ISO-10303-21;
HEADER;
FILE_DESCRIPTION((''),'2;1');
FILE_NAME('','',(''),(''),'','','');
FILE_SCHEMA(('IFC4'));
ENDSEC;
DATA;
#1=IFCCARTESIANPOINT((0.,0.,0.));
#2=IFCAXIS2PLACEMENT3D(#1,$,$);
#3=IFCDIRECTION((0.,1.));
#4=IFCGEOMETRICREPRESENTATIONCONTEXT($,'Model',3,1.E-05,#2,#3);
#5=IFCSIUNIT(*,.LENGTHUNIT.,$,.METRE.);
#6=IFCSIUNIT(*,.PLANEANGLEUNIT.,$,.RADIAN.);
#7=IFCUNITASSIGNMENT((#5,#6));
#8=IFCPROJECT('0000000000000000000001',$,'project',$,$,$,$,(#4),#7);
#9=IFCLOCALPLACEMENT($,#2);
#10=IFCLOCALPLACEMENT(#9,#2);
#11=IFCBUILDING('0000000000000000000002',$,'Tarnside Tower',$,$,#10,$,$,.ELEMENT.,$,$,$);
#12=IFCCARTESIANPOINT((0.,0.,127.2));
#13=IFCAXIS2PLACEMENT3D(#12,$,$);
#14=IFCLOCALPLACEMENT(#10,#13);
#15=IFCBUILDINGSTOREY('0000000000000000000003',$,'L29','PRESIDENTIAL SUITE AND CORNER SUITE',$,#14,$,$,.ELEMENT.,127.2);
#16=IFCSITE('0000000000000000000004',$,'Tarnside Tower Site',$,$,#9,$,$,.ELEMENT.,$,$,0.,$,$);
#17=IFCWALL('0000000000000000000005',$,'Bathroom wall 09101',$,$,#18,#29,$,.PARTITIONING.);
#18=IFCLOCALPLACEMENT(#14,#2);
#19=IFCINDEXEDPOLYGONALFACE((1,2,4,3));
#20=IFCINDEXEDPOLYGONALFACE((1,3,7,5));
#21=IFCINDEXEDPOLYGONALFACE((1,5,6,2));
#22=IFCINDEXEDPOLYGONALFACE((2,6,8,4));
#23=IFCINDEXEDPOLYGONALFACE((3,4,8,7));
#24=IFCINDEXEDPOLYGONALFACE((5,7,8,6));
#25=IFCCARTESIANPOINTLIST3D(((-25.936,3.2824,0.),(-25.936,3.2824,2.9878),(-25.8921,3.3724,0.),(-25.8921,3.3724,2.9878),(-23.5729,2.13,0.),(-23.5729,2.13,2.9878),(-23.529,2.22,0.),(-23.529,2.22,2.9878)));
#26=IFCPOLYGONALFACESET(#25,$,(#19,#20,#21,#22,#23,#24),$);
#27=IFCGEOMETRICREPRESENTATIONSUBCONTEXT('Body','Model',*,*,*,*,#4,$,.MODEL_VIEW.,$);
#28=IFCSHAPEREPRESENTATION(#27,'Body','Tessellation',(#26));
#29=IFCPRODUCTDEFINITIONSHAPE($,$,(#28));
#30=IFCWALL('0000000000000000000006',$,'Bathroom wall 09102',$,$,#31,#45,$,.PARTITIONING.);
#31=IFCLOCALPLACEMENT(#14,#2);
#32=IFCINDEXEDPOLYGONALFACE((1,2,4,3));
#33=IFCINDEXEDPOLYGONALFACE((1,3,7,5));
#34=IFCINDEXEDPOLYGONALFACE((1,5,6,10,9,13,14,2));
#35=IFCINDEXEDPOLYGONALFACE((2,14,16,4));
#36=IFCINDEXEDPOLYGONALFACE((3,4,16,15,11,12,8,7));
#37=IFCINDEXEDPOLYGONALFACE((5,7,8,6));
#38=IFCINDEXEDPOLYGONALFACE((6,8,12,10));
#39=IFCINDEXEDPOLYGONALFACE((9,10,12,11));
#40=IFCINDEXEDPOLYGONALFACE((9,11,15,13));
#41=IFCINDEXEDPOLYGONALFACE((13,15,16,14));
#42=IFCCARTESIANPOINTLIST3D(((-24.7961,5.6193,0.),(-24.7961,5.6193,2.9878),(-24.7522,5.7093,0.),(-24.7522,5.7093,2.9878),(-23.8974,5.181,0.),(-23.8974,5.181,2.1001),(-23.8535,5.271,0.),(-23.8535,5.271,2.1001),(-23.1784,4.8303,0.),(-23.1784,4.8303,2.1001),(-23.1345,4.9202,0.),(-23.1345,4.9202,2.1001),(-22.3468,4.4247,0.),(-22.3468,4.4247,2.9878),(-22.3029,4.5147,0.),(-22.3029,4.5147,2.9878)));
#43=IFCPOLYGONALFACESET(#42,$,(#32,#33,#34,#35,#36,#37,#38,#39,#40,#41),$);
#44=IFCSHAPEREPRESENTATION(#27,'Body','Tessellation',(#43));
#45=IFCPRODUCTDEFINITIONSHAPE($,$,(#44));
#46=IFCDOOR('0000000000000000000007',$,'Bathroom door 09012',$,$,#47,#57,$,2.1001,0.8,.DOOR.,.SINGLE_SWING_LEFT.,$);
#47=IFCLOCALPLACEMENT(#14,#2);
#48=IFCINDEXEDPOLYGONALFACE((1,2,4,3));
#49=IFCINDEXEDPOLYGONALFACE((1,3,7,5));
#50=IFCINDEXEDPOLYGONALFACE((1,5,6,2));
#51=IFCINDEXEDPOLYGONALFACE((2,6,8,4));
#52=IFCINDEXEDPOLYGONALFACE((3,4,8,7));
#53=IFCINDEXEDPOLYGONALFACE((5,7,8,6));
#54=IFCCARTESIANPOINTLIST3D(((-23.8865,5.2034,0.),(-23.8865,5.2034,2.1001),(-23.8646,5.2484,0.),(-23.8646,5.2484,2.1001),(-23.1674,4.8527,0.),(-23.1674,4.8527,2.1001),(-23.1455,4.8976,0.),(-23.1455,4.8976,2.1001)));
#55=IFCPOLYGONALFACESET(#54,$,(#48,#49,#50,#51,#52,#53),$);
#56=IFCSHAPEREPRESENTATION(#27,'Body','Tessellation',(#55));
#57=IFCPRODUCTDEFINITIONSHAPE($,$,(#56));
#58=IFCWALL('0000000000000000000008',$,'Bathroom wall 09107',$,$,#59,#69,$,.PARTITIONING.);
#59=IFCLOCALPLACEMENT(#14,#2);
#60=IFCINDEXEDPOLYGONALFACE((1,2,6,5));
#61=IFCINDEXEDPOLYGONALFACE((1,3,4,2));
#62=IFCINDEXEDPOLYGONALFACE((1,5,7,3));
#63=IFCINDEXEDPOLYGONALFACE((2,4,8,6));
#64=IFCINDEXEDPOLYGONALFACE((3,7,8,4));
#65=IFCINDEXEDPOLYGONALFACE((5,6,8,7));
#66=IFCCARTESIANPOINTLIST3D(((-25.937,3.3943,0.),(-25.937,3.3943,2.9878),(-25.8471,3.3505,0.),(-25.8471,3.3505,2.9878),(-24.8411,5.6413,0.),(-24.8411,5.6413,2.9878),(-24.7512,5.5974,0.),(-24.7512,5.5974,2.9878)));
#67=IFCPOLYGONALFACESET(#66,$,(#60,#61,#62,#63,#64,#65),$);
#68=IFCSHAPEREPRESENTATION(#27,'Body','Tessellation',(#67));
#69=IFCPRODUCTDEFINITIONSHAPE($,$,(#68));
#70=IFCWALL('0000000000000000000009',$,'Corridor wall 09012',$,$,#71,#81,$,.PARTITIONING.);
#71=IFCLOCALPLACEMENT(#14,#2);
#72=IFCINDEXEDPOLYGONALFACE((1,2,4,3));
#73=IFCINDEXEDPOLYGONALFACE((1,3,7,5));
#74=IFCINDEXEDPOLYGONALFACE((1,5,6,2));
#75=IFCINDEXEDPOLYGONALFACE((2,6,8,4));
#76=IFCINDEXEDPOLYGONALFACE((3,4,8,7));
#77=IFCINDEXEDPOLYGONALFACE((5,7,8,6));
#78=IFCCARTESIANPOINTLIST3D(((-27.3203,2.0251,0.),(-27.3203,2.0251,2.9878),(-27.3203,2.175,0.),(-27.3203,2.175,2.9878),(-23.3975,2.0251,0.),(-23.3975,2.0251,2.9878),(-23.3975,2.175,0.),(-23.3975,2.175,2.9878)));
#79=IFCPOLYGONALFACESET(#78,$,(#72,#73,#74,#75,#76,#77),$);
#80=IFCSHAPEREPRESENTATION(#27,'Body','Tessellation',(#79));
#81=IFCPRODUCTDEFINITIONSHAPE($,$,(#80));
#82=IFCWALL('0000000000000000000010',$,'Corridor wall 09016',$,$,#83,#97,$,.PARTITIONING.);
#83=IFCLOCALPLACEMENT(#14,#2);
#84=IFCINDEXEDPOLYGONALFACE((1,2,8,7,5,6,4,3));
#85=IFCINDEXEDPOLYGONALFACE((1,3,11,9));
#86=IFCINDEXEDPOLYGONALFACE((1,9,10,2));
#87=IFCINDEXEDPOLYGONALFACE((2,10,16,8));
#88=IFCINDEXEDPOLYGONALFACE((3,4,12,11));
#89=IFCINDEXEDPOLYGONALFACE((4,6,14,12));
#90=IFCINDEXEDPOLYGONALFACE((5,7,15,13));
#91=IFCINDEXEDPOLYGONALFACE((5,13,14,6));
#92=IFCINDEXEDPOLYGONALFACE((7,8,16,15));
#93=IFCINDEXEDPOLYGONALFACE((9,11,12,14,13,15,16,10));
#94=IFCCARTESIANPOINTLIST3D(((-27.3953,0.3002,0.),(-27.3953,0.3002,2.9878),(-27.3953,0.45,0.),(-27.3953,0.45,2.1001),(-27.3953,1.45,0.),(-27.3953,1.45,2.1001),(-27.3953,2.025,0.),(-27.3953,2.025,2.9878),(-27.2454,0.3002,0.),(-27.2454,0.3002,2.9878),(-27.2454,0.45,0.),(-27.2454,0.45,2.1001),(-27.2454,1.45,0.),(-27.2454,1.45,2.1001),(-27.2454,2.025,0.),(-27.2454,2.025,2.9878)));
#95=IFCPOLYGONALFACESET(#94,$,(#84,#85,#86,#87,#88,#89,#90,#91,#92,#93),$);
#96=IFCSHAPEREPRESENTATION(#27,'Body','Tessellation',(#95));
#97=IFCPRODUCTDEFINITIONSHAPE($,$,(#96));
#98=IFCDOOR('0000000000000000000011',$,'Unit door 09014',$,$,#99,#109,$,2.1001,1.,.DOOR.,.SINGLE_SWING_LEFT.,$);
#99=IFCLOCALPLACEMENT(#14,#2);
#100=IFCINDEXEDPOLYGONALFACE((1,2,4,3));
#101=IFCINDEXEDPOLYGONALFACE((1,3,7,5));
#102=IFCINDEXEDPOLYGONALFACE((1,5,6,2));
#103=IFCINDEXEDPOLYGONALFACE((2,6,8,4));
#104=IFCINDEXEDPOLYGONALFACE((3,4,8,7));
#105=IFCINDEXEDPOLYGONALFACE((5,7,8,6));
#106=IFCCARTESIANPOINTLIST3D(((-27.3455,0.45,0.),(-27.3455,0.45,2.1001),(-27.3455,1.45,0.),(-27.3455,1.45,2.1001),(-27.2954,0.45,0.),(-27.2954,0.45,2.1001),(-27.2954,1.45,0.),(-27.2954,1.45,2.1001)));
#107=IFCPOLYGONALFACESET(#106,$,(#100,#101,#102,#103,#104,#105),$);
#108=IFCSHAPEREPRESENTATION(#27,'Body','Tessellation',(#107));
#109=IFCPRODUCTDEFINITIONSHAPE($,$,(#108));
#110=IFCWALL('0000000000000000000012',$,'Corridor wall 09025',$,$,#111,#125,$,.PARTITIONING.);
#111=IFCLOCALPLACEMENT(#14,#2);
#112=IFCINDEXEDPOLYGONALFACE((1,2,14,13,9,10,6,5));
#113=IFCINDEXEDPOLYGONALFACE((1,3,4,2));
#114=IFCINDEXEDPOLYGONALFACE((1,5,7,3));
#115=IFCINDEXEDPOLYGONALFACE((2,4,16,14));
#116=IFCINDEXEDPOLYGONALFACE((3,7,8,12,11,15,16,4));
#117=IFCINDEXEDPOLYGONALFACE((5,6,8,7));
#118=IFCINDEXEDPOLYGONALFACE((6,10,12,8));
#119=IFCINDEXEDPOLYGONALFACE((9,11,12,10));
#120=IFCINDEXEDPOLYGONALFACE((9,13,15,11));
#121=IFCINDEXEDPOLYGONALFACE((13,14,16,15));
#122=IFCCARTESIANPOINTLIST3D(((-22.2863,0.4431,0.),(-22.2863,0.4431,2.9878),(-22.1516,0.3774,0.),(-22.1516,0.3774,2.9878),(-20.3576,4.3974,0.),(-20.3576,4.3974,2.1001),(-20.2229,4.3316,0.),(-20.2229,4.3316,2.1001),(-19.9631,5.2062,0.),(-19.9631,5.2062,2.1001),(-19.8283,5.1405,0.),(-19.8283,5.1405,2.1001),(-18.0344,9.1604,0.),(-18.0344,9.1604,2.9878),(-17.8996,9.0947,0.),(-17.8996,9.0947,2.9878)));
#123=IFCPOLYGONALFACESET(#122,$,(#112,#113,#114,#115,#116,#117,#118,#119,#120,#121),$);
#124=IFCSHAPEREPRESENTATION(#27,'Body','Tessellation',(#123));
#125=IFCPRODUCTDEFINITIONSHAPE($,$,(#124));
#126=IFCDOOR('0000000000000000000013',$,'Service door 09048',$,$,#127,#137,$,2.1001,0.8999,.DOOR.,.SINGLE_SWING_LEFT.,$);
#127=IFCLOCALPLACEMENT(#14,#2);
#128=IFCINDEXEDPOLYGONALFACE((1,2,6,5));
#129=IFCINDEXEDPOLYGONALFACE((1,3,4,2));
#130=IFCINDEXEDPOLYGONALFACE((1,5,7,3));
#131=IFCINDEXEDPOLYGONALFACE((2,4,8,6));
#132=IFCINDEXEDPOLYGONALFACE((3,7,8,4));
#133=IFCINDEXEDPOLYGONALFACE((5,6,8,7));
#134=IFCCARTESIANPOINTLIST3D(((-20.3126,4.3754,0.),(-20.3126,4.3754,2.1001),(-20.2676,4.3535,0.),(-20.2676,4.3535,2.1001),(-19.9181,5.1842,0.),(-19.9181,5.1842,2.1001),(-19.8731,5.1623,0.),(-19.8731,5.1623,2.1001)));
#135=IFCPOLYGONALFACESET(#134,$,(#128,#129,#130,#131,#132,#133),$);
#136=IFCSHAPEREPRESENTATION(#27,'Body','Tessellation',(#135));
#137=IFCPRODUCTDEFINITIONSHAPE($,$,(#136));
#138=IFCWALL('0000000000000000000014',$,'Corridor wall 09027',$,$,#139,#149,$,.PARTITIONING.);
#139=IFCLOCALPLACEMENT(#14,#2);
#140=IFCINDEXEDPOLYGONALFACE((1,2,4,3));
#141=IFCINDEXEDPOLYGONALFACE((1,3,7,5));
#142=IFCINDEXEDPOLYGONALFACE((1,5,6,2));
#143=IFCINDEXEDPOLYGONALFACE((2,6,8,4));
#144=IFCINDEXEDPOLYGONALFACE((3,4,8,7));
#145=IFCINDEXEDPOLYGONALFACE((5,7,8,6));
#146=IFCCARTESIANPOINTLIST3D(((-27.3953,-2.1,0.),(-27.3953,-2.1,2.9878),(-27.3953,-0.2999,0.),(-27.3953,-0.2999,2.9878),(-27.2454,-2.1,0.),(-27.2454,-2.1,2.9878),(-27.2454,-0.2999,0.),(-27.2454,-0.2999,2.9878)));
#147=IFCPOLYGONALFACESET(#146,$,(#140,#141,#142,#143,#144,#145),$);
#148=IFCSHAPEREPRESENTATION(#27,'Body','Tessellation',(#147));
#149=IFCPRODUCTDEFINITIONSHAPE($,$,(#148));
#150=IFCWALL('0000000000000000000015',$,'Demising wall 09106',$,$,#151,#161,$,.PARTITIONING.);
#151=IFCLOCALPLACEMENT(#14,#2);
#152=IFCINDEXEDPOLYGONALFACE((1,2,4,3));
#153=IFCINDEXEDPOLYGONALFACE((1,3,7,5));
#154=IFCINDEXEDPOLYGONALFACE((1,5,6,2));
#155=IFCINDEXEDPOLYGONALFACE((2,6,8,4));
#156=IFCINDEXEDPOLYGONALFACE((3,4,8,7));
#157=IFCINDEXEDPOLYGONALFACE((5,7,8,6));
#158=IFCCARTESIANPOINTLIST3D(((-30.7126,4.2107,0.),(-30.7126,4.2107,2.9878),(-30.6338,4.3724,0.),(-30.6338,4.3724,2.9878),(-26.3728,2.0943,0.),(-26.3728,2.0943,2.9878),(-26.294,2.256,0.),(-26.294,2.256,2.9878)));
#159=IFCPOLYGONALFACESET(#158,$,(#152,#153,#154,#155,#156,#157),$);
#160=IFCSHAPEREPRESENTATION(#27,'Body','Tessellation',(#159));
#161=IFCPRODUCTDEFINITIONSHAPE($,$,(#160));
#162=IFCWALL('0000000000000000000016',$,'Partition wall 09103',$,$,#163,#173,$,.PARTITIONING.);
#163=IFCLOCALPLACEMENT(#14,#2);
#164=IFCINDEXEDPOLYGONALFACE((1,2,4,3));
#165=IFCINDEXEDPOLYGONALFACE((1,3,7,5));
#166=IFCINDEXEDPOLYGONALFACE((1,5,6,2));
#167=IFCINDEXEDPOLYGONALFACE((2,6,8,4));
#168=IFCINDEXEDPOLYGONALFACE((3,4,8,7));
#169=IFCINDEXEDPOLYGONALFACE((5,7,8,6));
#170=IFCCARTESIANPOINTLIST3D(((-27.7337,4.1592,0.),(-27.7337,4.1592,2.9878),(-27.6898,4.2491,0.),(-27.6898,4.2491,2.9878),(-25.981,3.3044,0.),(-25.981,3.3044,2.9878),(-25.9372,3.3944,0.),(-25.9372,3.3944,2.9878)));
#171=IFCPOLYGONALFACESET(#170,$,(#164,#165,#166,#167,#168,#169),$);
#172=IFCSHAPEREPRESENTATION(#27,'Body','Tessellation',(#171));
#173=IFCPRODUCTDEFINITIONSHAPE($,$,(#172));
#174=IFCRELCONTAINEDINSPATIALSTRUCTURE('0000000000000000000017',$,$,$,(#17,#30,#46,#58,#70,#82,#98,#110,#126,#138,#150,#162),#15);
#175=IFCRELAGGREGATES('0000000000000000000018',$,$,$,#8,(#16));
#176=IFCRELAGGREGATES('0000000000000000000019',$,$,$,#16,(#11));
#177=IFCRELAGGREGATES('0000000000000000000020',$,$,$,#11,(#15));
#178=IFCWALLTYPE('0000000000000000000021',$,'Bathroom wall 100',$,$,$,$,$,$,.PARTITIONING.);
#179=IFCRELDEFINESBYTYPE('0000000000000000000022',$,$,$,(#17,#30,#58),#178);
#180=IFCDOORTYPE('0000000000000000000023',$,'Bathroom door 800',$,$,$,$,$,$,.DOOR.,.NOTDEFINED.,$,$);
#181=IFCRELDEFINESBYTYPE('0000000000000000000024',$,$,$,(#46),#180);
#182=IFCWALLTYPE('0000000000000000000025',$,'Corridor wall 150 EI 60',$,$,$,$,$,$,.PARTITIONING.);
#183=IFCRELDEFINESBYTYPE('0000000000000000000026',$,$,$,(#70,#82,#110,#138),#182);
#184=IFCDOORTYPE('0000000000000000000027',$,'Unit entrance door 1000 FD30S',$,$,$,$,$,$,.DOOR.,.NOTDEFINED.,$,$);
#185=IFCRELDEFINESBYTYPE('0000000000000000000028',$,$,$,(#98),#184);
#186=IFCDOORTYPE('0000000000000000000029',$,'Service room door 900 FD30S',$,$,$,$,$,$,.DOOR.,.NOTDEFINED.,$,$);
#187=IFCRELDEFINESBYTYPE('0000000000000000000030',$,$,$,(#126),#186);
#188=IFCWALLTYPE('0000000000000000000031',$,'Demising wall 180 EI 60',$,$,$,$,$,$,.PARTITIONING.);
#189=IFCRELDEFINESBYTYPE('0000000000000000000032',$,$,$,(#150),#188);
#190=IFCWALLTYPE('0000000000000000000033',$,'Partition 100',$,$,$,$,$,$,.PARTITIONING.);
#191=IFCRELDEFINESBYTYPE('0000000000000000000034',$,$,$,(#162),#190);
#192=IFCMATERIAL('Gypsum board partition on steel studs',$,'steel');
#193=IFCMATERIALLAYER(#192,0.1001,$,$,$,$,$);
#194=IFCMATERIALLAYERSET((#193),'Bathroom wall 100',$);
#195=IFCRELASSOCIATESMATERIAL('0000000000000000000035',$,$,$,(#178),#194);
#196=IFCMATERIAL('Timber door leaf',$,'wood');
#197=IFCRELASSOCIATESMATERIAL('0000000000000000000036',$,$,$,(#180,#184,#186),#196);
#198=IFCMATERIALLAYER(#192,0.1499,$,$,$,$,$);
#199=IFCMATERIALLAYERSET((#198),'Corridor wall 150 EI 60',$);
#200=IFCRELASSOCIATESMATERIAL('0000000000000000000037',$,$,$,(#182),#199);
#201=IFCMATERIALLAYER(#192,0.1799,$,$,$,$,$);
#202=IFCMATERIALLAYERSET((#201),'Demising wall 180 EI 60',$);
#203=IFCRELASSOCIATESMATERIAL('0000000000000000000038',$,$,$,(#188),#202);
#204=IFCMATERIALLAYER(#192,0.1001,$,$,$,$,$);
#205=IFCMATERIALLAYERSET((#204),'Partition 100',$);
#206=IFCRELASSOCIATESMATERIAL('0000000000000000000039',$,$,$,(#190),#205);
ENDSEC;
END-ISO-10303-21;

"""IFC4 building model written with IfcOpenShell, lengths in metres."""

from ifc_helpers import new_model, si_unit, direction, frame, frame_2d, origin, place, context, subcontext, project, spatial, rectangle, extrude, material, layer, layer_set, type_object, element, fill, save


model = new_model("IFC4")

# Units and contexts
model_context = context("Model", 3, precision=1e-05, world=origin(), true_north=direction((0.0, 1.0)))
body_context = subcontext(model_context, "Body", "Model", "MODEL_VIEW")
ifc_project = project(units=[si_unit("LENGTHUNIT", "METRE"), si_unit("PLANEANGLEUNIT", "RADIAN")], contexts=[model_context])

# Site, building, storey
site_placement = place(None, origin())
site = spatial("IfcSite", under=ifc_project, at=site_placement, Name="Tarnside Tower Site", CompositionType="ELEMENT", RefElevation=0.0)
building_placement = place(site_placement, origin())
building = spatial("IfcBuilding", under=site, at=building_placement, Name="Tarnside Tower", CompositionType="ELEMENT")
storey_placement = place(building_placement, frame((0.0, 0.0, 127.2)))
storey = spatial("IfcBuildingStorey", under=building, at=storey_placement, Name="L29", Description="PRESIDENTIAL SUITE AND CORNER SUITE", CompositionType="ELEMENT", Elevation=127.2)

# Wall
ifc_material_1 = material(Name="Gypsum board partition on steel studs", Category="steel")
ifc_layer_1 = layer(ifc_material_1, 0.1001)
ifc_layer_set_1 = layer_set([ifc_layer_1], Name="Bathroom wall 100")
wall_type_1 = type_object("IfcWallType", Name="Bathroom wall 100", PredefinedType="PARTITIONING", material=ifc_layer_set_1)
wall_1_placement = place(storey_placement, frame((-23.551, 2.175, 0.0), z_axis=(0.0, 0.0, 1.0), x_axis=(-0.898822, 0.438314, 0.0)))
element("IfcWall", 1, at=wall_1_placement, inside=storey, type_object=wall_type_1, Name="Bathroom wall 09101", PredefinedType="PARTITIONING", context=body_context, shape_type="SweptSolid", body=[
    extrude(rectangle(XDim=2.6292, YDim=0.1001, at=frame_2d((1.3145, 0.0))), origin(), (0.0, 0.0, 1.0), 2.9878),
])

# Wall, opening, door
wall_2_placement = place(storey_placement, frame((-24.7742, 5.6643, 0.0), z_axis=(0.0, 0.0, 1.0), x_axis=(0.898792, -0.438376, 0.0)))
wall_2 = element("IfcWall", 2, at=wall_2_placement, inside=storey, type_object=wall_type_1, Name="Bathroom wall 09102", PredefinedType="PARTITIONING", context=body_context, shape_type="SweptSolid", body=[
    extrude(rectangle(XDim=2.7251, YDim=0.1001, at=frame_2d((1.3625, 0.0))), origin(), (0.0, 0.0, 1.0), 2.9878),
])
opening_1_placement = place(wall_2_placement, frame((1.0, 0.0, 0.0)))
opening_1 = element("IfcOpeningElement", 3, at=opening_1_placement, cuts=wall_2, PredefinedType="OPENING", context=body_context, shape_type="SweptSolid", body=[
    extrude(rectangle(XDim=0.8, YDim=2.1001, at=frame_2d((0.3999, 1.05))), frame((0.0, 0.0601, 0.0), z_axis=(0.0, -1.0, 0.0), x_axis=(1.0, 0.0, 0.0)), (0.0, 0.0, 1.0), 0.1201),
])
ifc_material_2 = material(Name="Timber door leaf", Category="wood")
door_type_1 = type_object("IfcDoorType", Name="Bathroom door 800", OperationType="NOTDEFINED", PredefinedType="DOOR", material=ifc_material_2)
door_1_placement = place(opening_1_placement, origin())
door_1 = element("IfcDoor", 4, at=door_1_placement, inside=storey, type_object=door_type_1, Name="Bathroom door 09012", OperationType="SINGLE_SWING_LEFT", OverallHeight=2.1001, OverallWidth=0.8, PredefinedType="DOOR", context=body_context, shape_type="SweptSolid", body=[
    extrude(rectangle(XDim=0.8, YDim=2.1001, at=frame_2d((0.3999, 1.05))), frame((0.0, 0.0249, 0.0), z_axis=(0.0, -1.0, 0.0), x_axis=(1.0, 0.0, 0.0)), (0.0, 0.0, 1.0), 0.05),
])
fill(opening_1, door_1)

# Walls
wall_3_placement = place(storey_placement, frame((-24.7961, 5.6194, 0.0), z_axis=(0.0, 0.0, 1.0), x_axis=(-0.438364, -0.898798, 0.0)))
element("IfcWall", 5, at=wall_3_placement, inside=storey, type_object=wall_type_1, Name="Bathroom wall 09107", PredefinedType="PARTITIONING", context=body_context, shape_type="SweptSolid", body=[
    extrude(rectangle(XDim=2.5, YDim=0.1001, at=frame_2d((1.25, 0.0))), origin(), (0.0, 0.0, 1.0), 2.9878),
])
ifc_layer_2 = layer(ifc_material_1, 0.1499)
ifc_layer_set_2 = layer_set([ifc_layer_2], Name="Corridor wall 150 EI 60")
wall_type_2 = type_object("IfcWallType", Name="Corridor wall 150 EI 60", PredefinedType="PARTITIONING", material=ifc_layer_set_2)
wall_4_placement = place(storey_placement, frame((-23.3975, 2.1001, 0.0), z_axis=(0.0, 0.0, 1.0), x_axis=(-1.0, 0.0, 0.0)))
element("IfcWall", 6, at=wall_4_placement, inside=storey, type_object=wall_type_2, Name="Corridor wall 09012", PredefinedType="PARTITIONING", context=body_context, shape_type="SweptSolid", body=[
    extrude(rectangle(XDim=3.9229, YDim=0.1499, at=frame_2d((1.9614, 0.0))), origin(), (0.0, 0.0, 1.0), 2.9878),
])

# Walls, openings, doors
wall_5_placement = place(storey_placement, frame((-27.3203, 2.0249, 0.0), z_axis=(0.0, 0.0, 1.0), x_axis=(0.0, -1.0, 0.0)))
wall_5 = element("IfcWall", 7, at=wall_5_placement, inside=storey, type_object=wall_type_2, Name="Corridor wall 09016", PredefinedType="PARTITIONING", context=body_context, shape_type="SweptSolid", body=[
    extrude(rectangle(XDim=1.7249, YDim=0.1499, at=frame_2d((0.8623, 0.0))), origin(), (0.0, 0.0, 1.0), 2.9878),
])
opening_2_placement = place(wall_5_placement, frame((0.575, 0.0, 0.0)))
opening_2 = element("IfcOpeningElement", 8, at=opening_2_placement, cuts=wall_5, PredefinedType="OPENING", context=body_context, shape_type="SweptSolid", body=[
    extrude(rectangle(XDim=1.0, YDim=2.1001, at=frame_2d((0.5, 1.05))), frame((0.0, 0.085, 0.0), z_axis=(0.0, -1.0, 0.0), x_axis=(1.0, 0.0, 0.0)), (0.0, 0.0, 1.0), 0.1699),
])
door_type_2 = type_object("IfcDoorType", Name="Unit entrance door 1000 FD30S", OperationType="NOTDEFINED", PredefinedType="DOOR", material=ifc_material_2)
door_2_placement = place(opening_2_placement, origin())
door_2 = element("IfcDoor", 9, at=door_2_placement, inside=storey, type_object=door_type_2, Name="Unit door 09014", OperationType="SINGLE_SWING_LEFT", OverallHeight=2.1001, OverallWidth=1.0, PredefinedType="DOOR", context=body_context, shape_type="SweptSolid", body=[
    extrude(rectangle(XDim=1.0, YDim=2.1001, at=frame_2d((0.5, 1.05))), frame((0.0, 0.0249, 0.0), z_axis=(0.0, -1.0, 0.0), x_axis=(1.0, 0.0, 0.0)), (0.0, 0.0, 1.0), 0.05),
])
fill(opening_2, door_2)
wall_6_placement = place(storey_placement, frame((-22.219, 0.4102, 0.0), z_axis=(0.0, 0.0, 1.0), x_axis=(0.438392, 0.898784, 0.0)))
wall_6 = element("IfcWall", 10, at=wall_6_placement, inside=storey, type_object=wall_type_2, Name="Corridor wall 09025", PredefinedType="PARTITIONING", context=body_context, shape_type="SweptSolid", body=[
    extrude(rectangle(XDim=9.699, YDim=0.1499, at=frame_2d((4.8496, 0.0))), origin(), (0.0, 0.0, 1.0), 2.9878),
])
opening_3_placement = place(wall_6_placement, frame((4.3997, 0.0, 0.0)))
opening_3 = element("IfcOpeningElement", 11, at=opening_3_placement, cuts=wall_6, PredefinedType="OPENING", context=body_context, shape_type="SweptSolid", body=[
    extrude(rectangle(XDim=0.8999, YDim=2.1001, at=frame_2d((0.45, 1.05))), frame((0.0, 0.085, 0.0), z_axis=(0.0, -1.0, 0.0), x_axis=(1.0, 0.0, 0.0)), (0.0, 0.0, 1.0), 0.1699),
])
door_type_3 = type_object("IfcDoorType", Name="Service room door 900 FD30S", OperationType="NOTDEFINED", PredefinedType="DOOR", material=ifc_material_2)
door_3_placement = place(opening_3_placement, origin())
door_3 = element("IfcDoor", 12, at=door_3_placement, inside=storey, type_object=door_type_3, Name="Service door 09048", OperationType="SINGLE_SWING_LEFT", OverallHeight=2.1001, OverallWidth=0.8999, PredefinedType="DOOR", context=body_context, shape_type="SweptSolid", body=[
    extrude(rectangle(XDim=0.8999, YDim=2.1001, at=frame_2d((0.45, 1.05))), frame((0.0, 0.0249, 0.0), z_axis=(0.0, -1.0, 0.0), x_axis=(1.0, 0.0, 0.0)), (0.0, 0.0, 1.0), 0.05),
])
fill(opening_3, door_3)

# Walls
wall_7_placement = place(storey_placement, frame((-27.3203, -0.3, 0.0), z_axis=(0.0, 0.0, 1.0), x_axis=(0.0, -1.0, 0.0)))
element("IfcWall", 13, at=wall_7_placement, inside=storey, type_object=wall_type_2, Name="Corridor wall 09027", PredefinedType="PARTITIONING", context=body_context, shape_type="SweptSolid", body=[
    extrude(rectangle(XDim=1.8, YDim=0.1499, at=frame_2d((0.8999, 0.0))), origin(), (0.0, 0.0, 1.0), 2.9878),
])
ifc_layer_3 = layer(ifc_material_1, 0.1799)
ifc_layer_set_3 = layer_set([ifc_layer_3], Name="Demising wall 180 EI 60")
wall_type_3 = type_object("IfcWallType", Name="Demising wall 180 EI 60", PredefinedType="PARTITIONING", material=ifc_layer_set_3)
wall_8_placement = place(storey_placement, frame((-30.6731, 4.2915, 0.0), z_axis=(0.0, 0.0, 1.0), x_axis=(0.898813, -0.438333, 0.0)))
element("IfcWall", 14, at=wall_8_placement, inside=storey, type_object=wall_type_3, Name="Demising wall 09106", PredefinedType="PARTITIONING", context=body_context, shape_type="SweptSolid", body=[
    extrude(rectangle(XDim=4.8284, YDim=0.1799, at=frame_2d((2.4141, 0.0))), origin(), (0.0, 0.0, 1.0), 2.9878),
])
ifc_layer_4 = layer(ifc_material_1, 0.1001)
ifc_layer_set_4 = layer_set([ifc_layer_4], Name="Partition 100")
wall_type_4 = type_object("IfcWallType", Name="Partition 100", PredefinedType="PARTITIONING", material=ifc_layer_set_4)
wall_9_placement = place(storey_placement, frame((-25.959, 3.3494, 0.0), z_axis=(0.0, 0.0, 1.0), x_axis=(-0.898815, 0.438327, 0.0)))
element("IfcWall", 15, at=wall_9_placement, inside=storey, type_object=wall_type_4, Name="Partition wall 09103", PredefinedType="PARTITIONING", context=body_context, shape_type="SweptSolid", body=[
    extrude(rectangle(XDim=1.95, YDim=0.1001, at=frame_2d((0.9751, 0.0))), origin(), (0.0, 0.0, 1.0), 2.9878),
])

save(model, "model.ifc")
